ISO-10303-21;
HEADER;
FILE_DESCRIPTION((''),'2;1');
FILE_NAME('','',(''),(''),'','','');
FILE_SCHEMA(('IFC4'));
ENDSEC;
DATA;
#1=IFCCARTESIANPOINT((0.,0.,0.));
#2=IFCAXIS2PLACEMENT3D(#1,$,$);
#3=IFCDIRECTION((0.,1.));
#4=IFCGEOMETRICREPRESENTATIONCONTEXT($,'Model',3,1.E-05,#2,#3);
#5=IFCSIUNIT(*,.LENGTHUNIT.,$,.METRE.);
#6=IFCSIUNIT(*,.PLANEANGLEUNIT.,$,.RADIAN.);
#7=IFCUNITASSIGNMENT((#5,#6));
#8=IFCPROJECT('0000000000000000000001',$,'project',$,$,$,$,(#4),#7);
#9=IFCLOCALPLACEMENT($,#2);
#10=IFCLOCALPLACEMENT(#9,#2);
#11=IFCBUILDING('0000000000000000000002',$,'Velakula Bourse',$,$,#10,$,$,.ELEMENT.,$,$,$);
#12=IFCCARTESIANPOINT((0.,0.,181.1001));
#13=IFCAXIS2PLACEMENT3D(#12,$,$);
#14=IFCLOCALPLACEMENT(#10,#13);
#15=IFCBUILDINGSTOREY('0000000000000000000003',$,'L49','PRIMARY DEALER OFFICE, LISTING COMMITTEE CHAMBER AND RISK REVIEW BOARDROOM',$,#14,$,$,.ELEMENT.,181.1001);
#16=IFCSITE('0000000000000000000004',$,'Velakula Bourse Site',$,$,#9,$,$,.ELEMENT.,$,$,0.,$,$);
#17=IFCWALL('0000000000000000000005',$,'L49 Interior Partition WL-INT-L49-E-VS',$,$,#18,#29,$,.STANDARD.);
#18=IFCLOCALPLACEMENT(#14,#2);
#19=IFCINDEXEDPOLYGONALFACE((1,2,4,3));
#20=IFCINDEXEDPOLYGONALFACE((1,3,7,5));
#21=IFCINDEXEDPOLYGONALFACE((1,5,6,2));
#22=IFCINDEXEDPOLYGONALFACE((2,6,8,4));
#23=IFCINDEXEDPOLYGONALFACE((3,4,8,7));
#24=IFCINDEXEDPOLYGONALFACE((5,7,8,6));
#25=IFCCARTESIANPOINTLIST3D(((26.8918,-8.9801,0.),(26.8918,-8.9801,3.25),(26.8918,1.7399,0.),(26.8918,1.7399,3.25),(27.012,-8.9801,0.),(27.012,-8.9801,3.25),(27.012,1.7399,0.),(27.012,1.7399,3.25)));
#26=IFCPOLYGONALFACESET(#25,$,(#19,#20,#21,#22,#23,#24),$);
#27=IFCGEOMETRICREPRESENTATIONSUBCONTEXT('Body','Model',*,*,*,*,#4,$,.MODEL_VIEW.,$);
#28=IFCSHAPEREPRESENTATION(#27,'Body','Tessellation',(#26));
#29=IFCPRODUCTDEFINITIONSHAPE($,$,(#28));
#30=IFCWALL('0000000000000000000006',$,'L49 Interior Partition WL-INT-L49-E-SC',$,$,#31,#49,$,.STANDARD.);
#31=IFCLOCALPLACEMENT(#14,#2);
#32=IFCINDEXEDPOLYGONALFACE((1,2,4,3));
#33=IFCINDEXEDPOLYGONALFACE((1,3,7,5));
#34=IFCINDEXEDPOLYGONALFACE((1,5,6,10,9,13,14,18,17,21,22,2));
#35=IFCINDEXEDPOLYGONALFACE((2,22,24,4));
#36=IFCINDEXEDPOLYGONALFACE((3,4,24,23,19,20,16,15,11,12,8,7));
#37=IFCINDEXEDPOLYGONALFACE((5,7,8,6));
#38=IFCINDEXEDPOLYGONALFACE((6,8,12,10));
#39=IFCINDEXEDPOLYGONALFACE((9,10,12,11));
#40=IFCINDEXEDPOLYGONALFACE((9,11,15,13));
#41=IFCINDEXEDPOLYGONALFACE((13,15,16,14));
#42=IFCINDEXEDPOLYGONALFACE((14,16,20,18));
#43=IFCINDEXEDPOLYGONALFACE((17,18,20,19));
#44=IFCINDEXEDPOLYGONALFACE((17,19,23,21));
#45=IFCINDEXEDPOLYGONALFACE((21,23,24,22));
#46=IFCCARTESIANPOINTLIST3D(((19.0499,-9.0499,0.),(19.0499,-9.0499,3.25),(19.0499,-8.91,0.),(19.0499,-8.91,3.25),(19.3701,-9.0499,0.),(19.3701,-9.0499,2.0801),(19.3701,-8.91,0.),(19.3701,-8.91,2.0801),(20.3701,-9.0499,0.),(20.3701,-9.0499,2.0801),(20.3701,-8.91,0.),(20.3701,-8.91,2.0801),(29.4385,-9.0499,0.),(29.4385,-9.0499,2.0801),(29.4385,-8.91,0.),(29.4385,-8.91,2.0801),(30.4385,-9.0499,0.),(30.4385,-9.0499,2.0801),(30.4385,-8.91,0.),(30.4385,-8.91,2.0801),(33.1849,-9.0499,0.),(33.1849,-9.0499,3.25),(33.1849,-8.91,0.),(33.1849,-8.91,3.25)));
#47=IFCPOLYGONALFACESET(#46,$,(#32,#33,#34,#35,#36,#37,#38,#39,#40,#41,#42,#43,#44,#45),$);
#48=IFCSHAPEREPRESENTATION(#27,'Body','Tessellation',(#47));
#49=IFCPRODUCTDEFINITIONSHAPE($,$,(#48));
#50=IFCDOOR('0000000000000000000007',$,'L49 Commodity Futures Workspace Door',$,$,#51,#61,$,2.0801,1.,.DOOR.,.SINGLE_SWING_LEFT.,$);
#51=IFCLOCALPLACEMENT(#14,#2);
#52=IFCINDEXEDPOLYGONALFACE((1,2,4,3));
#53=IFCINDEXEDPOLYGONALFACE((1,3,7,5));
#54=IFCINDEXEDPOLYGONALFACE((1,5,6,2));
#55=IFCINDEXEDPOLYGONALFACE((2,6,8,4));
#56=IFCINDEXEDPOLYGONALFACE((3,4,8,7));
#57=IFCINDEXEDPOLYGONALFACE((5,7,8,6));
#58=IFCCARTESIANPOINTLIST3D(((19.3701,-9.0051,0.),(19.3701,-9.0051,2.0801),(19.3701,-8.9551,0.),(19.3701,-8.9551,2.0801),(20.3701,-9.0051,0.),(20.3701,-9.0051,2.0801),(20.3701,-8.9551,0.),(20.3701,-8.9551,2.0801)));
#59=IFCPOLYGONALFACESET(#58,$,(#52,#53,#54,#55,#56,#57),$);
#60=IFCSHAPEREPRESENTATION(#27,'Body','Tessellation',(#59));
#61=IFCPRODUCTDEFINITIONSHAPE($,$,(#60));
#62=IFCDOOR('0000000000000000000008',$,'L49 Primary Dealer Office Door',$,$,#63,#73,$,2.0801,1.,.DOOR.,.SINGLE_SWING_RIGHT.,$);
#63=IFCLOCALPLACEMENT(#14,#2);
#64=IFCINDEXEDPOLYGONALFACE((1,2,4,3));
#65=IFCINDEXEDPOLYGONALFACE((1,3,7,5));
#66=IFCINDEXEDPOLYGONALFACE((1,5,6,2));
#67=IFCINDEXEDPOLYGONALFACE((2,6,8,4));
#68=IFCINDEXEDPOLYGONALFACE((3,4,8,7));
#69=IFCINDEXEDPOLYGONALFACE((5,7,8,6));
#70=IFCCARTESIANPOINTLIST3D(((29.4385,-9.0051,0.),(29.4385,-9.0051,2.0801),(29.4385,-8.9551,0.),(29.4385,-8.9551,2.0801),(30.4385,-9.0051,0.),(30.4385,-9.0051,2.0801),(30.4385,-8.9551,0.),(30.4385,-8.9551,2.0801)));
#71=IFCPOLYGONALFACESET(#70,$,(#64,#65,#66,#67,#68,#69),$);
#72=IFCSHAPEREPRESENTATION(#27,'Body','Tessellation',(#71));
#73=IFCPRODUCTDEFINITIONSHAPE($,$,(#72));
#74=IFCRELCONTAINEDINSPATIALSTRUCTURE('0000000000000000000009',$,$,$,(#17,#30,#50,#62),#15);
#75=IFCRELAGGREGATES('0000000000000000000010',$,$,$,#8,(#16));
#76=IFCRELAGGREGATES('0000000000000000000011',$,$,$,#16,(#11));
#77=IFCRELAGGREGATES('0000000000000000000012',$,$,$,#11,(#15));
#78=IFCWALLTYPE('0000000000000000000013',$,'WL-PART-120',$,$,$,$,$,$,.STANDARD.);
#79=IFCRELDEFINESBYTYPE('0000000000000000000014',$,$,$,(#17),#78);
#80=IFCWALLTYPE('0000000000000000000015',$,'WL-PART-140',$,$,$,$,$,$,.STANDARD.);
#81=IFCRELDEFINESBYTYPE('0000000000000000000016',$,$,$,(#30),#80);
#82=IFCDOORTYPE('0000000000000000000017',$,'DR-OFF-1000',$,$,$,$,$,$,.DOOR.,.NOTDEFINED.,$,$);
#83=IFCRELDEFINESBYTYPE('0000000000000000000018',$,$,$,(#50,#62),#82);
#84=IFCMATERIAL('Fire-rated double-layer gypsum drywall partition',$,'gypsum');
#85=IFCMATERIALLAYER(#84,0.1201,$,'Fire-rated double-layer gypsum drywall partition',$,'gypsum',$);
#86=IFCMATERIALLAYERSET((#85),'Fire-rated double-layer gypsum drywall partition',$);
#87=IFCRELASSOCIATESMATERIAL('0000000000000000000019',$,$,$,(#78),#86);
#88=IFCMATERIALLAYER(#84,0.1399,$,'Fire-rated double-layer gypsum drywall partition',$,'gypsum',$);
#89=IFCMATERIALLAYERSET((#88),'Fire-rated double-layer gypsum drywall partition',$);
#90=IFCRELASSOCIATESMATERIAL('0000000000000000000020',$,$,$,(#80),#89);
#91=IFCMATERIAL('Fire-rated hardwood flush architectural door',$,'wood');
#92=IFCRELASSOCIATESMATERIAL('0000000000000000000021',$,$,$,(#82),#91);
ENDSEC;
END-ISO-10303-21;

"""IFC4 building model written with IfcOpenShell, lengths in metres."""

from ifc_helpers import new_model, si_unit, direction, frame, frame_2d, origin, place, context, subcontext, project, spatial, rectangle, extrude, material, layer, layer_set, type_object, element, fill, save


model = new_model("IFC4")

# Units and contexts
model_context = context("Model", 3, precision=1e-05, world=origin(), true_north=direction((0.0, 1.0)))
body_context = subcontext(model_context, "Body", "Model", "MODEL_VIEW")
ifc_project = project(units=[si_unit("LENGTHUNIT", "METRE"), si_unit("PLANEANGLEUNIT", "RADIAN")], contexts=[model_context])

# Site, building, storey
site_placement = place(None, origin())
site = spatial("IfcSite", under=ifc_project, at=site_placement, Name="Velakula Bourse Site", CompositionType="ELEMENT", RefElevation=0.0)
building_placement = place(site_placement, origin())
building = spatial("IfcBuilding", under=site, at=building_placement, Name="Velakula Bourse", CompositionType="ELEMENT")
storey_placement = place(building_placement, frame((0.0, 0.0, 181.1001)))
storey = spatial("IfcBuildingStorey", under=building, at=storey_placement, Name="L49", Description="PRIMARY DEALER OFFICE, LISTING COMMITTEE CHAMBER AND RISK REVIEW BOARDROOM", CompositionType="ELEMENT", Elevation=181.1001)

# Wall
ifc_material_1 = material(Name="Fire-rated double-layer gypsum drywall partition", Category="gypsum")
ifc_layer_1 = layer(ifc_material_1, 0.1201, Name="Fire-rated double-layer gypsum drywall partition", Category="gypsum")
ifc_layer_set_1 = layer_set([ifc_layer_1], Name="Fire-rated double-layer gypsum drywall partition")
wall_type_1 = type_object("IfcWallType", Name="WL-PART-120", PredefinedType="STANDARD", material=ifc_layer_set_1)
wall_1_placement = place(storey_placement, frame((26.9519, -8.98, 0.0), z_axis=(0.0, 0.0, 1.0), x_axis=(0.0, 1.0, 0.0)))
element("IfcWall", 1, at=wall_1_placement, inside=storey, type_object=wall_type_1, Name="L49 Interior Partition WL-INT-L49-E-VS", PredefinedType="STANDARD", context=body_context, shape_type="SweptSolid", body=[
    extrude(rectangle(XDim=10.72, YDim=0.1201, at=frame_2d((5.3599, 0.0))), origin(), (0.0, 0.0, 1.0), 3.25),
])

# Wall, openings, doors
ifc_layer_2 = layer(ifc_material_1, 0.1399, Name="Fire-rated double-layer gypsum drywall partition", Category="gypsum")
ifc_layer_set_2 = layer_set([ifc_layer_2], Name="Fire-rated double-layer gypsum drywall partition")
wall_type_2 = type_object("IfcWallType", Name="WL-PART-140", PredefinedType="STANDARD", material=ifc_layer_set_2)
wall_2_placement = place(storey_placement, frame((19.05, -8.98, 0.0), z_axis=(0.0, 0.0, 1.0), x_axis=(1.0, 0.0, 0.0)))
wall_2 = element("IfcWall", 2, at=wall_2_placement, inside=storey, type_object=wall_type_2, Name="L49 Interior Partition WL-INT-L49-E-SC", PredefinedType="STANDARD", context=body_context, shape_type="SweptSolid", body=[
    extrude(rectangle(XDim=14.135, YDim=0.1399, at=frame_2d((7.0674, 0.0))), origin(), (0.0, 0.0, 1.0), 3.25),
])
opening_1_placement = place(wall_2_placement, frame((0.3201, 0.0, 0.0)))
opening_1 = element("IfcOpeningElement", 3, at=opening_1_placement, cuts=wall_2, PredefinedType="OPENING", context=body_context, shape_type="SweptSolid", body=[
    extrude(rectangle(XDim=1.0, YDim=2.0801, at=frame_2d((0.5, 1.04))), frame((0.0, 0.0798, 0.0), z_axis=(0.0, -1.0, 0.0), x_axis=(1.0, 0.0, 0.0)), (0.0, 0.0, 1.0), 0.1599),
])
opening_2_placement = place(wall_2_placement, frame((10.3884, 0.0, 0.0)))
opening_2 = element("IfcOpeningElement", 4, at=opening_2_placement, cuts=wall_2, PredefinedType="OPENING", context=body_context, shape_type="SweptSolid", body=[
    extrude(rectangle(XDim=1.0, YDim=2.0801, at=frame_2d((0.5, 1.04))), frame((0.0, 0.0798, 0.0), z_axis=(0.0, -1.0, 0.0), x_axis=(1.0, 0.0, 0.0)), (0.0, 0.0, 1.0), 0.1599),
])
ifc_material_2 = material(Name="Fire-rated hardwood flush architectural door", Category="wood")
door_type = type_object("IfcDoorType", Name="DR-OFF-1000", OperationType="NOTDEFINED", PredefinedType="DOOR", material=ifc_material_2)
door_1_placement = place(opening_1_placement, origin())
door_1 = element("IfcDoor", 5, at=door_1_placement, inside=storey, type_object=door_type, Name="L49 Commodity Futures Workspace Door", OperationType="SINGLE_SWING_LEFT", OverallHeight=2.0801, OverallWidth=1.0, PredefinedType="DOOR", context=body_context, shape_type="SweptSolid", body=[
    extrude(rectangle(XDim=1.0, YDim=2.0801, at=frame_2d((0.5, 1.04))), frame((0.0, 0.0249, 0.0), z_axis=(0.0, -1.0, 0.0), x_axis=(1.0, 0.0, 0.0)), (0.0, 0.0, 1.0), 0.05),
])
fill(opening_1, door_1)
door_2_placement = place(opening_2_placement, origin())
door_2 = element("IfcDoor", 6, at=door_2_placement, inside=storey, type_object=door_type, Name="L49 Primary Dealer Office Door", OperationType="SINGLE_SWING_RIGHT", OverallHeight=2.0801, OverallWidth=1.0, PredefinedType="DOOR", context=body_context, shape_type="SweptSolid", body=[
    extrude(rectangle(XDim=1.0, YDim=2.0801, at=frame_2d((0.5, 1.04))), frame((0.0, 0.0249, 0.0), z_axis=(0.0, -1.0, 0.0), x_axis=(1.0, 0.0, 0.0)), (0.0, 0.0, 1.0), 0.05),
])
fill(opening_2, door_2)

save(model, "model.ifc")
